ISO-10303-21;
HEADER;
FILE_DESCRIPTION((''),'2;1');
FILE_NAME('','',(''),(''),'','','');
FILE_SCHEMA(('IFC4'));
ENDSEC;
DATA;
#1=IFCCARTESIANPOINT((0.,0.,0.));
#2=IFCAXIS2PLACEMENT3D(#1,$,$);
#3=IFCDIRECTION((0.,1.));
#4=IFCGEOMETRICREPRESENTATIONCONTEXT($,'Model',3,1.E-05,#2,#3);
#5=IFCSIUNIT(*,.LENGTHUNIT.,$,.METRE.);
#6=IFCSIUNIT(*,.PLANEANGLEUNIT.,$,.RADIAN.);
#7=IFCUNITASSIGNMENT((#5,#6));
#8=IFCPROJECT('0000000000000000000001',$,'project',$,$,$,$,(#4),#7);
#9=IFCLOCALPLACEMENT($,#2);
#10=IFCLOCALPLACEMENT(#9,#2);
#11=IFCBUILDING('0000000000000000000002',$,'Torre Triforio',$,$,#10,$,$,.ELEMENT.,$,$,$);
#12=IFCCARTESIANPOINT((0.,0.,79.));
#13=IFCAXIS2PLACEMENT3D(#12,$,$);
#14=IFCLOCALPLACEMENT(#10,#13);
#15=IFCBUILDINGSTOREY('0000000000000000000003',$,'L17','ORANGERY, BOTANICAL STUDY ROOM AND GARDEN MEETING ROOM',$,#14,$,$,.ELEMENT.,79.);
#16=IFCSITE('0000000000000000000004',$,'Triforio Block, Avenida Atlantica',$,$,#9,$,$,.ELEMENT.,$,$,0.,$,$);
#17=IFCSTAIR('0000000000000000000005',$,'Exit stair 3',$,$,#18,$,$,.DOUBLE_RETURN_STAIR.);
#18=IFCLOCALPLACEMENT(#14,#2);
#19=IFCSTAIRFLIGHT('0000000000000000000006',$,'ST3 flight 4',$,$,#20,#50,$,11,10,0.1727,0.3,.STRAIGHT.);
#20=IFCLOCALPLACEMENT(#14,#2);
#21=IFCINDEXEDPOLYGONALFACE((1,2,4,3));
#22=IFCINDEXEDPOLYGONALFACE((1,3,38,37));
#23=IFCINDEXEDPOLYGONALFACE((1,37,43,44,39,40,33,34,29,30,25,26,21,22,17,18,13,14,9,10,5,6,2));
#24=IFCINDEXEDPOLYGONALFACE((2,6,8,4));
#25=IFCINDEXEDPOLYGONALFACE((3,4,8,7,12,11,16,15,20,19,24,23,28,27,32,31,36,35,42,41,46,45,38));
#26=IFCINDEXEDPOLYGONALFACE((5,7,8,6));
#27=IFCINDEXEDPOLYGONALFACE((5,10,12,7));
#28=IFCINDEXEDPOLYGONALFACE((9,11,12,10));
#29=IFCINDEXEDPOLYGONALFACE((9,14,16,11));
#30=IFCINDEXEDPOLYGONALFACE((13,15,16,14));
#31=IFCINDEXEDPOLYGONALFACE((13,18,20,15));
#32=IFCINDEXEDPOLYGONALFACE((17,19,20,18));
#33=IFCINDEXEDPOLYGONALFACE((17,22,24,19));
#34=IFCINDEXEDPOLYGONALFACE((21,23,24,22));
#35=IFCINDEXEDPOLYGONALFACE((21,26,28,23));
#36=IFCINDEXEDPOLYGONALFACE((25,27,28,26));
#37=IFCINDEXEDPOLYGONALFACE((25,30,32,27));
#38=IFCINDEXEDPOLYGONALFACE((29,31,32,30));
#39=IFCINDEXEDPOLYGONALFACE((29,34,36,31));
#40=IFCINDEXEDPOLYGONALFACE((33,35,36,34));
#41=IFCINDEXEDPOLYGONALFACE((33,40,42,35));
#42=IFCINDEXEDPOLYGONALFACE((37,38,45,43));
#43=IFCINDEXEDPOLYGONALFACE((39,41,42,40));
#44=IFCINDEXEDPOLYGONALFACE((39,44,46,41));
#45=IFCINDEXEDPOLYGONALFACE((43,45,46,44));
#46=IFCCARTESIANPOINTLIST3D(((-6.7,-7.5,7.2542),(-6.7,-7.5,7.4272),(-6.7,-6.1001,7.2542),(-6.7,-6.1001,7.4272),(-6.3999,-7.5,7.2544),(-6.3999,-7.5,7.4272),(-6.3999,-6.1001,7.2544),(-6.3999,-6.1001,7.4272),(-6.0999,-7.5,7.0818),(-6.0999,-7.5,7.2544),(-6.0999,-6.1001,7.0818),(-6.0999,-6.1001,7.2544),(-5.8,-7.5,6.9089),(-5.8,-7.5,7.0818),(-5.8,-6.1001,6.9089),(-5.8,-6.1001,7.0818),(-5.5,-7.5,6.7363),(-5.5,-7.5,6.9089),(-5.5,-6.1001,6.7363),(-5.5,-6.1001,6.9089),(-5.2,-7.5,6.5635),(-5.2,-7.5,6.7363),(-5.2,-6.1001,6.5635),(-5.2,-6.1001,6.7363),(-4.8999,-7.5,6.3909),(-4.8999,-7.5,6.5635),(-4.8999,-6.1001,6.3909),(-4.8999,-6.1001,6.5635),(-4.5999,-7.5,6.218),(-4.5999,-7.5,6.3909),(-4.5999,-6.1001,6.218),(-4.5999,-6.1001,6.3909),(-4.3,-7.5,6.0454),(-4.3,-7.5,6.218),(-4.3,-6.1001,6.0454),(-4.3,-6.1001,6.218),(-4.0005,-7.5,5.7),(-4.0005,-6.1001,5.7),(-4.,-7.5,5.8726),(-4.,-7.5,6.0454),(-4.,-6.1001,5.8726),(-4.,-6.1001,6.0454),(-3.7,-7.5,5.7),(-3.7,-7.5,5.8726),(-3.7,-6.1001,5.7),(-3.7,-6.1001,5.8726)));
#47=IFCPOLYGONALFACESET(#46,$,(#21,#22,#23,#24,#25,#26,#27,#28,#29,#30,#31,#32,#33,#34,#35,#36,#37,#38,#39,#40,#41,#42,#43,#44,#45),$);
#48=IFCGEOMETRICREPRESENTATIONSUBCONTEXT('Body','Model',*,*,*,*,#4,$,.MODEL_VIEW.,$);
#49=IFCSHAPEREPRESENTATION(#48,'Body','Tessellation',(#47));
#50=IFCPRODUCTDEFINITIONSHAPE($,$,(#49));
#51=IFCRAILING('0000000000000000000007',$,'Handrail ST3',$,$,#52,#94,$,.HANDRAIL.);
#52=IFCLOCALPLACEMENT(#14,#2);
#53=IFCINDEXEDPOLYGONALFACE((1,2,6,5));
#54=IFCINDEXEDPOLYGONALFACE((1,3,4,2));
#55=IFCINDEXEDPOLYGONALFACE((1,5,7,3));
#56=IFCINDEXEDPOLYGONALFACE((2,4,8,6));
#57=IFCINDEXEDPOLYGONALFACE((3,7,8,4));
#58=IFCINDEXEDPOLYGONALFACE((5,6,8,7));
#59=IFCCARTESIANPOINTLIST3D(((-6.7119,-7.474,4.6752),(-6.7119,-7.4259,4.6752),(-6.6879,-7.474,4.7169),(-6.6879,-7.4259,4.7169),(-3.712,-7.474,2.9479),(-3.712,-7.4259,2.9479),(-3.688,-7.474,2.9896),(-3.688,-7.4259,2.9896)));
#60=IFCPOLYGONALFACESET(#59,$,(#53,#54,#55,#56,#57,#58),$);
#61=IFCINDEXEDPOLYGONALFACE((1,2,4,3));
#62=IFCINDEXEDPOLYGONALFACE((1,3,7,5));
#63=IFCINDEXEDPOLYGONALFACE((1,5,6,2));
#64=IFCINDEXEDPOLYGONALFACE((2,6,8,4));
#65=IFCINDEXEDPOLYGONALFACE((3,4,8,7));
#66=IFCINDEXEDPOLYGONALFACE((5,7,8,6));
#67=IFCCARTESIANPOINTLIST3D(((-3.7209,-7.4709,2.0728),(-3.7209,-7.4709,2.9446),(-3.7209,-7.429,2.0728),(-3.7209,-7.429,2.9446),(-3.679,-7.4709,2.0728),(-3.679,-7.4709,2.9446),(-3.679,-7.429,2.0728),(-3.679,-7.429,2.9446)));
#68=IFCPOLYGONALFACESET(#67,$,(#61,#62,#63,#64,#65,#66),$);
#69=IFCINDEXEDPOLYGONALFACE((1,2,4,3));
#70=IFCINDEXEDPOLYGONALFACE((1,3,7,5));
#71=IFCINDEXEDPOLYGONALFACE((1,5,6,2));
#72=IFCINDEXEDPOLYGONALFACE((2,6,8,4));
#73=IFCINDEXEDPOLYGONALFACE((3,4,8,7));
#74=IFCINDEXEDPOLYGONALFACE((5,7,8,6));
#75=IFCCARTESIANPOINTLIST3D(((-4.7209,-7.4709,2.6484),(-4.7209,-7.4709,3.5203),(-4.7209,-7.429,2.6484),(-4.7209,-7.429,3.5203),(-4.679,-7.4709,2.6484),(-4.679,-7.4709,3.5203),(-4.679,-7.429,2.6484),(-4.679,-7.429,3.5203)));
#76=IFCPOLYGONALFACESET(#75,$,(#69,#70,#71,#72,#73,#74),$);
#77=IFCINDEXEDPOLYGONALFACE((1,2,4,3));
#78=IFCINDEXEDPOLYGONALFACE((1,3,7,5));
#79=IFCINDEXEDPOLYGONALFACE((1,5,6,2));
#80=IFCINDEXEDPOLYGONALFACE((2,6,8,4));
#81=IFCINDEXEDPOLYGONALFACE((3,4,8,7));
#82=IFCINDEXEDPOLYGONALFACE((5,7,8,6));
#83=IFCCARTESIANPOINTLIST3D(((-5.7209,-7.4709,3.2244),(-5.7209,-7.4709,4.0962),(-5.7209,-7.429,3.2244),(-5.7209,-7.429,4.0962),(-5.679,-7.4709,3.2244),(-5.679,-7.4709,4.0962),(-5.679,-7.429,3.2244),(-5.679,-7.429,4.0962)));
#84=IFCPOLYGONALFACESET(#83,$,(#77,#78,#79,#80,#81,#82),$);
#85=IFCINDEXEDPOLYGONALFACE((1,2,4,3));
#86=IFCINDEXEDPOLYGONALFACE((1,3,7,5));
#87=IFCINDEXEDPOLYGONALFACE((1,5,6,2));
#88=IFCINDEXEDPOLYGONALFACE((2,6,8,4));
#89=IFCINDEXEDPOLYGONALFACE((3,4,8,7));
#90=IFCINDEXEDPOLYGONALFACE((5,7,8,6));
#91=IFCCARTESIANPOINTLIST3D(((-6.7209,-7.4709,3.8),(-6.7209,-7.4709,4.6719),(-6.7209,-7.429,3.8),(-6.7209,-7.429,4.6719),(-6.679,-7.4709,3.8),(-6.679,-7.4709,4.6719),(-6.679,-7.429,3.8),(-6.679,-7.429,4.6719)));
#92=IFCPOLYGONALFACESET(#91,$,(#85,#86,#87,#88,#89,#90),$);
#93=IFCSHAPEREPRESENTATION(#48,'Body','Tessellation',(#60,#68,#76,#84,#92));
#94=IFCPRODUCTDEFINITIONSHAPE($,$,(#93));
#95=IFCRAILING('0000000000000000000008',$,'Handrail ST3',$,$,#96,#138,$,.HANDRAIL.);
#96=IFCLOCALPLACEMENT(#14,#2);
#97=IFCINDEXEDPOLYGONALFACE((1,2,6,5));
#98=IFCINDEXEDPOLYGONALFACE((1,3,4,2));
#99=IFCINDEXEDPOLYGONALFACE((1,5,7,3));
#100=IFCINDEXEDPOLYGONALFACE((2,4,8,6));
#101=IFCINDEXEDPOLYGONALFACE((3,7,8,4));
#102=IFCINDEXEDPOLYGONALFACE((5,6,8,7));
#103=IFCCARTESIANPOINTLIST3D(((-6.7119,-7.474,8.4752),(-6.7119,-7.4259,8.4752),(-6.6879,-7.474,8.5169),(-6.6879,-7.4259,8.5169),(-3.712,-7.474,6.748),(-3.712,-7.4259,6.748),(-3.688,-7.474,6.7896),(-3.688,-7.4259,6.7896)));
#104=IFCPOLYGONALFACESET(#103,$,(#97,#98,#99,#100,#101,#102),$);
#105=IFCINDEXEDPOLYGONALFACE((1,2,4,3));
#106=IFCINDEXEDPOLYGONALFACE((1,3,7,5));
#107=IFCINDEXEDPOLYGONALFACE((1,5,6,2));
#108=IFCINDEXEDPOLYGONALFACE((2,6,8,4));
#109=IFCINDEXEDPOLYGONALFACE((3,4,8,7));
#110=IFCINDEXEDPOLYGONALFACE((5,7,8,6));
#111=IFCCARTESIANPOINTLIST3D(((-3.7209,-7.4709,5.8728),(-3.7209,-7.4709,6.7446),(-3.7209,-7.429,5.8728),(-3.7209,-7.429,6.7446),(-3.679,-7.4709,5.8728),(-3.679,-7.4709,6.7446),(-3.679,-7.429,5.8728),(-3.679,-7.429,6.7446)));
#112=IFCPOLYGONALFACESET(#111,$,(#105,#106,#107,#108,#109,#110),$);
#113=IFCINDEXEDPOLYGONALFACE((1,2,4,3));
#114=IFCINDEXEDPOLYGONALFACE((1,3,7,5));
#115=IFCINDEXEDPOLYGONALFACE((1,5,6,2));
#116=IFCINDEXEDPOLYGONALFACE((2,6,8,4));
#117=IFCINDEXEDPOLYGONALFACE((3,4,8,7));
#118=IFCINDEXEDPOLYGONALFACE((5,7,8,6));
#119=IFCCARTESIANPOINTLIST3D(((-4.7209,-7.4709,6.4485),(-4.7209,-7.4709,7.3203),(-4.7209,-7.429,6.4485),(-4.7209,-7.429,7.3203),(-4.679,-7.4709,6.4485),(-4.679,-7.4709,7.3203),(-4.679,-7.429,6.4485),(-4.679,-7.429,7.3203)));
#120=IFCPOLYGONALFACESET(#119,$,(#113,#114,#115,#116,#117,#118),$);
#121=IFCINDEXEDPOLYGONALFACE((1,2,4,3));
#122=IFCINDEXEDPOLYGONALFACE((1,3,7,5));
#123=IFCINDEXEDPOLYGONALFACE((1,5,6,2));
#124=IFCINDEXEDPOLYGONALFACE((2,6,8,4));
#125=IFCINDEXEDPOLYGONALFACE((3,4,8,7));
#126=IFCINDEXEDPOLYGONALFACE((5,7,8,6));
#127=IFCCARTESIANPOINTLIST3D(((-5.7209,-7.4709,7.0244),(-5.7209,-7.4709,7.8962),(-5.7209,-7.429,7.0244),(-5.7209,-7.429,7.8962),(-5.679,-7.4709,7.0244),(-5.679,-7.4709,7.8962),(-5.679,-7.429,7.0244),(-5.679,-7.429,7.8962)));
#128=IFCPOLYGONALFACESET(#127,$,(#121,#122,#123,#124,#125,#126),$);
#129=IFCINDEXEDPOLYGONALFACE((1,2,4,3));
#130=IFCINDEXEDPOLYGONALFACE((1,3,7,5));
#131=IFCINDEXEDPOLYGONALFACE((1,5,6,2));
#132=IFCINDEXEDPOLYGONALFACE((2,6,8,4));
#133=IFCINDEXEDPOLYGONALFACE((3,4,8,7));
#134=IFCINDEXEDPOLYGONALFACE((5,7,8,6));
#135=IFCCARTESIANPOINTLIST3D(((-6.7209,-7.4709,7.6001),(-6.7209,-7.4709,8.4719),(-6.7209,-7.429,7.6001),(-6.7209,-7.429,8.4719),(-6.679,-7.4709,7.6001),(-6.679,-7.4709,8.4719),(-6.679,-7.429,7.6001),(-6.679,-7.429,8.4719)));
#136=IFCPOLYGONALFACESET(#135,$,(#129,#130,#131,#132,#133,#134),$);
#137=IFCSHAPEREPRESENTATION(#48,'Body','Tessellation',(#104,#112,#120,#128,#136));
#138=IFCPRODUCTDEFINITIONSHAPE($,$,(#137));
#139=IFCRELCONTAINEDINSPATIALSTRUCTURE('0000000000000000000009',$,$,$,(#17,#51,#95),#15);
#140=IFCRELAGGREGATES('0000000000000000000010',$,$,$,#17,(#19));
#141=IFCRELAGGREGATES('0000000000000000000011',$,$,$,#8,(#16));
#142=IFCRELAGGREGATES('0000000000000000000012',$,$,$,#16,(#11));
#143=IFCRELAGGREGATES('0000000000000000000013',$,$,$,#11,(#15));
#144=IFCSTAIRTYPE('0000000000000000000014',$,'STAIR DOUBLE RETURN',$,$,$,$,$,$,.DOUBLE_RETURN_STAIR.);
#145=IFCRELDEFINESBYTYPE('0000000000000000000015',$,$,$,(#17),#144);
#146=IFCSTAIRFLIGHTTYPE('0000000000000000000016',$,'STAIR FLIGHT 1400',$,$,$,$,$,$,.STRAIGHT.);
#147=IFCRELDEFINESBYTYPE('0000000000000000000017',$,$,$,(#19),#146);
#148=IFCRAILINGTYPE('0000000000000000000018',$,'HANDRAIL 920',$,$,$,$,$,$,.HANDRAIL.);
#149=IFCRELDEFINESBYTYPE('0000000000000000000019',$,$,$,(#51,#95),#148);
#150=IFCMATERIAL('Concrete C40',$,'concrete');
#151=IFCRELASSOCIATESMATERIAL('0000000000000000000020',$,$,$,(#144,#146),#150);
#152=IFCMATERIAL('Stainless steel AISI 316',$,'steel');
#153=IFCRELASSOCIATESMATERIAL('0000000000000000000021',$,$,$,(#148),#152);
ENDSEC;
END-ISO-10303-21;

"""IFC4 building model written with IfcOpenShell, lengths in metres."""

from ifc_helpers import new_model, si_unit, direction, frame, origin, origin_2d, place, context, subcontext, project, spatial, polyline, rectangle, outline, extrude, material, type_object, element, aggregate, save


model = new_model("IFC4")

# Units and contexts
model_context = context("Model", 3, precision=1e-05, world=origin(), true_north=direction((0.0, 1.0)))
body_context = subcontext(model_context, "Body", "Model", "MODEL_VIEW")
ifc_project = project(units=[si_unit("LENGTHUNIT", "METRE"), si_unit("PLANEANGLEUNIT", "RADIAN")], contexts=[model_context])

# Site, building, storey
site_placement = place(None, origin())
site = spatial("IfcSite", under=ifc_project, at=site_placement, Name="Triforio Block, Avenida Atlantica", CompositionType="ELEMENT", RefElevation=0.0)
building_placement = place(site_placement, origin())
building = spatial("IfcBuilding", under=site, at=building_placement, Name="Torre Triforio", CompositionType="ELEMENT")
storey_placement = place(building_placement, frame((0.0, 0.0, 79.0)))
storey = spatial("IfcBuildingStorey", under=building, at=storey_placement, Name="L17", Description="ORANGERY, BOTANICAL STUDY ROOM AND GARDEN MEETING ROOM", CompositionType="ELEMENT", Elevation=79.0)

# Stair, stair flight
ifc_material_1 = material(Name="Concrete C40", Category="concrete")
stair_type = type_object("IfcStairType", Name="STAIR DOUBLE RETURN", PredefinedType="DOUBLE_RETURN_STAIR", material=ifc_material_1)
stair_placement = place(storey_placement, origin())
stair = element("IfcStair", 1, at=stair_placement, inside=storey, type_object=stair_type, Name="Exit stair 3", PredefinedType="DOUBLE_RETURN_STAIR")
stair_flight_type = type_object("IfcStairFlightType", Name="STAIR FLIGHT 1400", PredefinedType="STRAIGHT", material=ifc_material_1)
stair_flight_1_placement = place(storey_placement, frame((-3.7, -6.8, 5.7), z_axis=(0.0, 0.0, 1.0), x_axis=(-1.0, 0.0, 0.0)))
stair_flight_1 = element("IfcStairFlight", 2, at=stair_flight_1_placement, type_object=stair_flight_type, Name="ST3 flight 4", NumberOfRisers=11, NumberOfTreads=10, PredefinedType="STRAIGHT", RiserHeight=0.1727, TreadLength=0.3, context=body_context, shape_type="SweptSolid", body=[
    extrude(outline(polyline([(0.0, 0.0), (0.0, 0.1726), (0.3, 0.1726), (0.3, 0.3455), (0.6001, 0.3455), (0.6001, 0.5181), (0.8999, 0.5181), (0.8999, 0.6909), (1.2, 0.6909), (1.2, 0.8635), (1.5, 0.8635), (1.5, 1.0364), (1.8, 1.0364), (1.8, 1.209), (2.1001, 1.209), (2.1001, 1.3818), (2.3999, 1.3818), (2.3999, 1.5544), (2.7, 1.5544), (2.7, 1.7273), (3.0, 1.7273), (3.0, 1.8999), (3.0, 1.5542), (0.3005, 0.0), (0.0, 0.0)])), frame((0.0, 0.7, 0.0), z_axis=(0.0, -1.0, 0.0), x_axis=(1.0, 0.0, 0.0)), (0.0, 0.0, 1.0), 1.3999),
])
aggregate(stair, [stair_flight_1])

# Railings
ifc_material_2 = material(Name="Stainless steel AISI 316", Category="steel")
railing_type = type_object("IfcRailingType", Name="HANDRAIL 920", PredefinedType="HANDRAIL", material=ifc_material_2)
for number, where, name in (
    (3, (-3.7, -7.45, 2.0728), "Handrail ST3"),
    (4, (-3.7, -7.45, 5.8728), "Handrail ST3"),
):
    element("IfcRailing", number, at=place(storey_placement, frame(where)), inside=storey, type_object=railing_type, Name=name, PredefinedType="HANDRAIL", context=body_context, shape_type="SweptSolid", body=[
        extrude(rectangle(XDim=0.0481, YDim=0.0481, at=origin_2d()), frame((0.0, 0.0, 0.896), z_axis=(-0.86662, 0.0, 0.498969), x_axis=(0.0, -1.0, 0.0)), (0.0, 0.0, 1.0), 3.4617),
        extrude(rectangle(XDim=0.042, YDim=0.042, at=origin_2d()), origin(), (0.0, 0.0, 1.0), 0.8718),
        extrude(rectangle(XDim=0.042, YDim=0.042, at=origin_2d()), frame((-1.0, 0.0, 0.5757)), (0.0, 0.0, 1.0), 0.8718),
        extrude(rectangle(XDim=0.042, YDim=0.042, at=origin_2d()), frame((-2.0, 0.0, 1.1516)), (0.0, 0.0, 1.0), 0.8718),
        extrude(rectangle(XDim=0.042, YDim=0.042, at=origin_2d()), frame((-3.0, 0.0, 1.7273)), (0.0, 0.0, 1.0), 0.8718),
    ])

save(model, "model.ifc")
